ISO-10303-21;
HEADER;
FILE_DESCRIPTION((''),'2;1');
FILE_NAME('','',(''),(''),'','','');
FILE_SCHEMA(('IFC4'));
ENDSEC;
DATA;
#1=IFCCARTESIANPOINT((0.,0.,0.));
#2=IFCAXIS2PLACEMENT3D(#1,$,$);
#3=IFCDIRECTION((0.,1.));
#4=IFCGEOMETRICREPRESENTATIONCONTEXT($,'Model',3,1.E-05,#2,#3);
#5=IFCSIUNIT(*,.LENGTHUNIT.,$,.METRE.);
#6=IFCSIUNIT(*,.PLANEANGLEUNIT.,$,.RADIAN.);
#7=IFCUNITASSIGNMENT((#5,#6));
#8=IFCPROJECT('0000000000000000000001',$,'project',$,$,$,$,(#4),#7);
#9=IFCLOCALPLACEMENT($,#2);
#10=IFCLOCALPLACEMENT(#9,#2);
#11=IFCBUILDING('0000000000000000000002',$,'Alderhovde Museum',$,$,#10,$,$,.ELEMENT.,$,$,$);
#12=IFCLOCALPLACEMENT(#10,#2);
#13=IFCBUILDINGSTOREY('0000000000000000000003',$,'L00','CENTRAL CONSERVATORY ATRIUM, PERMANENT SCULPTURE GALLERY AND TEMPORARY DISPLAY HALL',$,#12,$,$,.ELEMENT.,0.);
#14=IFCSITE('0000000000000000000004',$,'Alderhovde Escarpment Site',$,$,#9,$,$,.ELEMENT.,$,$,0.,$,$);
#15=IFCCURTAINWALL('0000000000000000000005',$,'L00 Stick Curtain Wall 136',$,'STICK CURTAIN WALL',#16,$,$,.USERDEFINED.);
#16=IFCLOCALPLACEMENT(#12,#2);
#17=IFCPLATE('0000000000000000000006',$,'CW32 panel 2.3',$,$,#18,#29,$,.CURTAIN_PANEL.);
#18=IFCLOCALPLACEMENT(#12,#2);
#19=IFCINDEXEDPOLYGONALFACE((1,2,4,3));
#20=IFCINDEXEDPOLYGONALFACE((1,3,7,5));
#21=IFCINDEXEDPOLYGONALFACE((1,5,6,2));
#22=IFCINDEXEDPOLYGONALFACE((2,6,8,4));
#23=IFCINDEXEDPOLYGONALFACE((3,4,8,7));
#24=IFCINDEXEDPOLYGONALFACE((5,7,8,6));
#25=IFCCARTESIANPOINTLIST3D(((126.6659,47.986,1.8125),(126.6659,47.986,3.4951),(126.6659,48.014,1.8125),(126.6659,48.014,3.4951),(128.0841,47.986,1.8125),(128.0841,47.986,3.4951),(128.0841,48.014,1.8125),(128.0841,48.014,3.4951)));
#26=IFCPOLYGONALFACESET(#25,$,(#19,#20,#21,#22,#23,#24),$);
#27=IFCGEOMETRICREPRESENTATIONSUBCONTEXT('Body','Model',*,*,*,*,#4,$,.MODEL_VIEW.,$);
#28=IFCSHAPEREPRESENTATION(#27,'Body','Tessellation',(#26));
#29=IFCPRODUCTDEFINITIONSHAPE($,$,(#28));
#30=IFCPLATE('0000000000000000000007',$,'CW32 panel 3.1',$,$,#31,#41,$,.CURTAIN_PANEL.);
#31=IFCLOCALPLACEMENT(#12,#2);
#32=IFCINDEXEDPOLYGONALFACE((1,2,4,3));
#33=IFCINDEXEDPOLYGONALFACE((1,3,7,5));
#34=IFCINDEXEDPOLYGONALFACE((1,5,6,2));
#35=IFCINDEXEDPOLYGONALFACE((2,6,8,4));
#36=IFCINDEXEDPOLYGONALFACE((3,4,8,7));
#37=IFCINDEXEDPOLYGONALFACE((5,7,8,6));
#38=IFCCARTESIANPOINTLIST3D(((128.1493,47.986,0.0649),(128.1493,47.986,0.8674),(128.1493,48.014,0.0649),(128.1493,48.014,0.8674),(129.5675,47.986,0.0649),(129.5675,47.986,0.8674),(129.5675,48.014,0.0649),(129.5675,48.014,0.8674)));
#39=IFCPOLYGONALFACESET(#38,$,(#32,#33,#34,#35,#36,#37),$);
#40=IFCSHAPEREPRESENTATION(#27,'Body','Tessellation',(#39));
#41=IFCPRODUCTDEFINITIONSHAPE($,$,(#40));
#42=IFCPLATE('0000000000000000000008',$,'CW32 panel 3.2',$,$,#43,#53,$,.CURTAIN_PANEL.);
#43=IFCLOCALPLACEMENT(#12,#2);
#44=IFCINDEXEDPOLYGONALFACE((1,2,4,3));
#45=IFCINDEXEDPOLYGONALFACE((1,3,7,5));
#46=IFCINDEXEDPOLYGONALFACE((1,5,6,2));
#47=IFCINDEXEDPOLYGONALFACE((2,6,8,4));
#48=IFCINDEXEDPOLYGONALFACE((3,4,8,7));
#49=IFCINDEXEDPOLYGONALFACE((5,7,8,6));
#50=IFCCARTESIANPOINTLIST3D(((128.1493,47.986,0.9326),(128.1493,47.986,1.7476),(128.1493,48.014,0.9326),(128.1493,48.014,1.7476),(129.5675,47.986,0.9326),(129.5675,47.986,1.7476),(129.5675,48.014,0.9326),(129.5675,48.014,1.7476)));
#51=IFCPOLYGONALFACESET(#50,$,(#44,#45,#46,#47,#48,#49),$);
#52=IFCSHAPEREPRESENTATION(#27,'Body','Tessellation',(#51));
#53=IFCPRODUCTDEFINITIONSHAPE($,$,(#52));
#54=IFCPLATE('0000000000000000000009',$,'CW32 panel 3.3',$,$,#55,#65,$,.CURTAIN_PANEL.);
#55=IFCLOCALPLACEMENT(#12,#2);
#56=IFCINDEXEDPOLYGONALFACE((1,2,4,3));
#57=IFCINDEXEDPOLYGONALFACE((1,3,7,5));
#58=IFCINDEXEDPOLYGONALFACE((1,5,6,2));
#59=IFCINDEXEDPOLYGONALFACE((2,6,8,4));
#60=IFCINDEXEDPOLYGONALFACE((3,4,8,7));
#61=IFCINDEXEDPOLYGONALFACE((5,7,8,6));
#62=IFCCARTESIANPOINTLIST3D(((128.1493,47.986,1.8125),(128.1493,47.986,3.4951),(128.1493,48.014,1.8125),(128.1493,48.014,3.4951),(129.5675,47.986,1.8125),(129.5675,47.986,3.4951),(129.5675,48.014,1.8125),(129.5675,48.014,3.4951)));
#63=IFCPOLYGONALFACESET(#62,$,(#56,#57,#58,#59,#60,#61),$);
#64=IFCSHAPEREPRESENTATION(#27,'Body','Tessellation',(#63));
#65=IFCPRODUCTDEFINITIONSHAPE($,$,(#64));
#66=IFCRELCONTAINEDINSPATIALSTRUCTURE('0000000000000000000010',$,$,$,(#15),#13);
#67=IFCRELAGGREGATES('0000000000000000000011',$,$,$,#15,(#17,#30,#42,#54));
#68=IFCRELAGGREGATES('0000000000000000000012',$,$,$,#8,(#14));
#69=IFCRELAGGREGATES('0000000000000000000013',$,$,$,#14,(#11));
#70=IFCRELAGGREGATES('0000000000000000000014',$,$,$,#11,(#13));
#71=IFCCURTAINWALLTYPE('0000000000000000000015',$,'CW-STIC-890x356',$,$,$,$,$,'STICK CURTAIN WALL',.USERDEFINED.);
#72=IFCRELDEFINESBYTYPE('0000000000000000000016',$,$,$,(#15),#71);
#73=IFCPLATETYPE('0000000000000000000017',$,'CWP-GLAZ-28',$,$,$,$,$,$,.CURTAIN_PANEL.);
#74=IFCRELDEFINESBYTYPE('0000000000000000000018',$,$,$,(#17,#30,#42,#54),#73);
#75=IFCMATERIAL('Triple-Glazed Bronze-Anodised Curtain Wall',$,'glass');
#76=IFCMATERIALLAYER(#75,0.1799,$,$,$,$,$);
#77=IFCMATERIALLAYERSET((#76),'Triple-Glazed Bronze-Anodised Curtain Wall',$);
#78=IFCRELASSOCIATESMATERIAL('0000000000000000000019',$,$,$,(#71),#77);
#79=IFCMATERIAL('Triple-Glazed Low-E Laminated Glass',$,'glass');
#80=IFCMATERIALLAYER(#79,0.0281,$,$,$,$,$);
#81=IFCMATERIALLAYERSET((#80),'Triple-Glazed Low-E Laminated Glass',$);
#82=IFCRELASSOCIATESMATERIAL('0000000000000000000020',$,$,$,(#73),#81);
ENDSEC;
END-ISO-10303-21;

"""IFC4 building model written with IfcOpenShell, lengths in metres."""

from ifc_helpers import new_model, si_unit, direction, frame, origin, origin_2d, place, context, subcontext, project, spatial, rectangle, extrude, material, layer, layer_set, type_object, element, aggregate, save


model = new_model("IFC4")

# Units and contexts
model_context = context("Model", 3, precision=1e-05, world=origin(), true_north=direction((0.0, 1.0)))
body_context = subcontext(model_context, "Body", "Model", "MODEL_VIEW")
ifc_project = project(units=[si_unit("LENGTHUNIT", "METRE"), si_unit("PLANEANGLEUNIT", "RADIAN")], contexts=[model_context])

# Site, building, storey
site_placement = place(None, origin())
site = spatial("IfcSite", under=ifc_project, at=site_placement, Name="Alderhovde Escarpment Site", CompositionType="ELEMENT", RefElevation=0.0)
building_placement = place(site_placement, origin())
building = spatial("IfcBuilding", under=site, at=building_placement, Name="Alderhovde Museum", CompositionType="ELEMENT")
storey_placement = place(building_placement, origin())
storey = spatial("IfcBuildingStorey", under=building, at=storey_placement, Name="L00", Description="CENTRAL CONSERVATORY ATRIUM, PERMANENT SCULPTURE GALLERY AND TEMPORARY DISPLAY HALL", CompositionType="ELEMENT", Elevation=0.0)

# Curtain wall
ifc_material_1 = material(Name="Triple-Glazed Bronze-Anodised Curtain Wall", Category="glass")
ifc_layer_1 = layer(ifc_material_1, 0.1799)
ifc_layer_set_1 = layer_set([ifc_layer_1], Name="Triple-Glazed Bronze-Anodised Curtain Wall")
curtain_wall_type = type_object("IfcCurtainWallType", Name="CW-STIC-890x356", ElementType="STICK CURTAIN WALL", PredefinedType="USERDEFINED", material=ifc_layer_set_1)
curtain_wall_placement = place(storey_placement, origin())
curtain_wall = element("IfcCurtainWall", 1, at=curtain_wall_placement, inside=storey, type_object=curtain_wall_type, Name="L00 Stick Curtain Wall 136", ObjectType="STICK CURTAIN WALL", PredefinedType="USERDEFINED")

# Plates
ifc_material_2 = material(Name="Triple-Glazed Low-E Laminated Glass", Category="glass")
ifc_layer_2 = layer(ifc_material_2, 0.0281)
ifc_layer_set_2 = layer_set([ifc_layer_2], Name="Triple-Glazed Low-E Laminated Glass")
plate_type = type_object("IfcPlateType", Name="CWP-GLAZ-28", PredefinedType="CURTAIN_PANEL", material=ifc_layer_set_2)
plate_1_placement = place(storey_placement, frame((127.375, 48.0, 1.8125), z_axis=(0.0, 0.0, 1.0), x_axis=(1.0, 0.0, 0.0)))
plate_1 = element("IfcPlate", 2, at=plate_1_placement, type_object=plate_type, Name="CW32 panel 2.3", PredefinedType="CURTAIN_PANEL", context=body_context, shape_type="SweptSolid", body=[
    extrude(rectangle(XDim=1.4182, YDim=0.0281, at=origin_2d()), origin(), (0.0, 0.0, 1.0), 1.6826),
])
plate_2_placement = place(storey_placement, frame((128.8584, 48.0, 0.0649), z_axis=(0.0, 0.0, 1.0), x_axis=(1.0, 0.0, 0.0)))
plate_2 = element("IfcPlate", 3, at=plate_2_placement, type_object=plate_type, Name="CW32 panel 3.1", PredefinedType="CURTAIN_PANEL", context=body_context, shape_type="SweptSolid", body=[
    extrude(rectangle(XDim=1.4182, YDim=0.0281, at=origin_2d()), origin(), (0.0, 0.0, 1.0), 0.8025),
])
plate_3_placement = place(storey_placement, frame((128.8584, 48.0, 0.9326), z_axis=(0.0, 0.0, 1.0), x_axis=(1.0, 0.0, 0.0)))
plate_3 = element("IfcPlate", 4, at=plate_3_placement, type_object=plate_type, Name="CW32 panel 3.2", PredefinedType="CURTAIN_PANEL", context=body_context, shape_type="SweptSolid", body=[
    extrude(rectangle(XDim=1.4182, YDim=0.0281, at=origin_2d()), origin(), (0.0, 0.0, 1.0), 0.8149),
])
plate_4_placement = place(storey_placement, frame((128.8584, 48.0, 1.8125), z_axis=(0.0, 0.0, 1.0), x_axis=(1.0, 0.0, 0.0)))
plate_4 = element("IfcPlate", 5, at=plate_4_placement, type_object=plate_type, Name="CW32 panel 3.3", PredefinedType="CURTAIN_PANEL", context=body_context, shape_type="SweptSolid", body=[
    extrude(rectangle(XDim=1.4182, YDim=0.0281, at=origin_2d()), origin(), (0.0, 0.0, 1.0), 1.6826),
])
aggregate(curtain_wall, [plate_1, plate_2, plate_3, plate_4])

save(model, "model.ifc")
